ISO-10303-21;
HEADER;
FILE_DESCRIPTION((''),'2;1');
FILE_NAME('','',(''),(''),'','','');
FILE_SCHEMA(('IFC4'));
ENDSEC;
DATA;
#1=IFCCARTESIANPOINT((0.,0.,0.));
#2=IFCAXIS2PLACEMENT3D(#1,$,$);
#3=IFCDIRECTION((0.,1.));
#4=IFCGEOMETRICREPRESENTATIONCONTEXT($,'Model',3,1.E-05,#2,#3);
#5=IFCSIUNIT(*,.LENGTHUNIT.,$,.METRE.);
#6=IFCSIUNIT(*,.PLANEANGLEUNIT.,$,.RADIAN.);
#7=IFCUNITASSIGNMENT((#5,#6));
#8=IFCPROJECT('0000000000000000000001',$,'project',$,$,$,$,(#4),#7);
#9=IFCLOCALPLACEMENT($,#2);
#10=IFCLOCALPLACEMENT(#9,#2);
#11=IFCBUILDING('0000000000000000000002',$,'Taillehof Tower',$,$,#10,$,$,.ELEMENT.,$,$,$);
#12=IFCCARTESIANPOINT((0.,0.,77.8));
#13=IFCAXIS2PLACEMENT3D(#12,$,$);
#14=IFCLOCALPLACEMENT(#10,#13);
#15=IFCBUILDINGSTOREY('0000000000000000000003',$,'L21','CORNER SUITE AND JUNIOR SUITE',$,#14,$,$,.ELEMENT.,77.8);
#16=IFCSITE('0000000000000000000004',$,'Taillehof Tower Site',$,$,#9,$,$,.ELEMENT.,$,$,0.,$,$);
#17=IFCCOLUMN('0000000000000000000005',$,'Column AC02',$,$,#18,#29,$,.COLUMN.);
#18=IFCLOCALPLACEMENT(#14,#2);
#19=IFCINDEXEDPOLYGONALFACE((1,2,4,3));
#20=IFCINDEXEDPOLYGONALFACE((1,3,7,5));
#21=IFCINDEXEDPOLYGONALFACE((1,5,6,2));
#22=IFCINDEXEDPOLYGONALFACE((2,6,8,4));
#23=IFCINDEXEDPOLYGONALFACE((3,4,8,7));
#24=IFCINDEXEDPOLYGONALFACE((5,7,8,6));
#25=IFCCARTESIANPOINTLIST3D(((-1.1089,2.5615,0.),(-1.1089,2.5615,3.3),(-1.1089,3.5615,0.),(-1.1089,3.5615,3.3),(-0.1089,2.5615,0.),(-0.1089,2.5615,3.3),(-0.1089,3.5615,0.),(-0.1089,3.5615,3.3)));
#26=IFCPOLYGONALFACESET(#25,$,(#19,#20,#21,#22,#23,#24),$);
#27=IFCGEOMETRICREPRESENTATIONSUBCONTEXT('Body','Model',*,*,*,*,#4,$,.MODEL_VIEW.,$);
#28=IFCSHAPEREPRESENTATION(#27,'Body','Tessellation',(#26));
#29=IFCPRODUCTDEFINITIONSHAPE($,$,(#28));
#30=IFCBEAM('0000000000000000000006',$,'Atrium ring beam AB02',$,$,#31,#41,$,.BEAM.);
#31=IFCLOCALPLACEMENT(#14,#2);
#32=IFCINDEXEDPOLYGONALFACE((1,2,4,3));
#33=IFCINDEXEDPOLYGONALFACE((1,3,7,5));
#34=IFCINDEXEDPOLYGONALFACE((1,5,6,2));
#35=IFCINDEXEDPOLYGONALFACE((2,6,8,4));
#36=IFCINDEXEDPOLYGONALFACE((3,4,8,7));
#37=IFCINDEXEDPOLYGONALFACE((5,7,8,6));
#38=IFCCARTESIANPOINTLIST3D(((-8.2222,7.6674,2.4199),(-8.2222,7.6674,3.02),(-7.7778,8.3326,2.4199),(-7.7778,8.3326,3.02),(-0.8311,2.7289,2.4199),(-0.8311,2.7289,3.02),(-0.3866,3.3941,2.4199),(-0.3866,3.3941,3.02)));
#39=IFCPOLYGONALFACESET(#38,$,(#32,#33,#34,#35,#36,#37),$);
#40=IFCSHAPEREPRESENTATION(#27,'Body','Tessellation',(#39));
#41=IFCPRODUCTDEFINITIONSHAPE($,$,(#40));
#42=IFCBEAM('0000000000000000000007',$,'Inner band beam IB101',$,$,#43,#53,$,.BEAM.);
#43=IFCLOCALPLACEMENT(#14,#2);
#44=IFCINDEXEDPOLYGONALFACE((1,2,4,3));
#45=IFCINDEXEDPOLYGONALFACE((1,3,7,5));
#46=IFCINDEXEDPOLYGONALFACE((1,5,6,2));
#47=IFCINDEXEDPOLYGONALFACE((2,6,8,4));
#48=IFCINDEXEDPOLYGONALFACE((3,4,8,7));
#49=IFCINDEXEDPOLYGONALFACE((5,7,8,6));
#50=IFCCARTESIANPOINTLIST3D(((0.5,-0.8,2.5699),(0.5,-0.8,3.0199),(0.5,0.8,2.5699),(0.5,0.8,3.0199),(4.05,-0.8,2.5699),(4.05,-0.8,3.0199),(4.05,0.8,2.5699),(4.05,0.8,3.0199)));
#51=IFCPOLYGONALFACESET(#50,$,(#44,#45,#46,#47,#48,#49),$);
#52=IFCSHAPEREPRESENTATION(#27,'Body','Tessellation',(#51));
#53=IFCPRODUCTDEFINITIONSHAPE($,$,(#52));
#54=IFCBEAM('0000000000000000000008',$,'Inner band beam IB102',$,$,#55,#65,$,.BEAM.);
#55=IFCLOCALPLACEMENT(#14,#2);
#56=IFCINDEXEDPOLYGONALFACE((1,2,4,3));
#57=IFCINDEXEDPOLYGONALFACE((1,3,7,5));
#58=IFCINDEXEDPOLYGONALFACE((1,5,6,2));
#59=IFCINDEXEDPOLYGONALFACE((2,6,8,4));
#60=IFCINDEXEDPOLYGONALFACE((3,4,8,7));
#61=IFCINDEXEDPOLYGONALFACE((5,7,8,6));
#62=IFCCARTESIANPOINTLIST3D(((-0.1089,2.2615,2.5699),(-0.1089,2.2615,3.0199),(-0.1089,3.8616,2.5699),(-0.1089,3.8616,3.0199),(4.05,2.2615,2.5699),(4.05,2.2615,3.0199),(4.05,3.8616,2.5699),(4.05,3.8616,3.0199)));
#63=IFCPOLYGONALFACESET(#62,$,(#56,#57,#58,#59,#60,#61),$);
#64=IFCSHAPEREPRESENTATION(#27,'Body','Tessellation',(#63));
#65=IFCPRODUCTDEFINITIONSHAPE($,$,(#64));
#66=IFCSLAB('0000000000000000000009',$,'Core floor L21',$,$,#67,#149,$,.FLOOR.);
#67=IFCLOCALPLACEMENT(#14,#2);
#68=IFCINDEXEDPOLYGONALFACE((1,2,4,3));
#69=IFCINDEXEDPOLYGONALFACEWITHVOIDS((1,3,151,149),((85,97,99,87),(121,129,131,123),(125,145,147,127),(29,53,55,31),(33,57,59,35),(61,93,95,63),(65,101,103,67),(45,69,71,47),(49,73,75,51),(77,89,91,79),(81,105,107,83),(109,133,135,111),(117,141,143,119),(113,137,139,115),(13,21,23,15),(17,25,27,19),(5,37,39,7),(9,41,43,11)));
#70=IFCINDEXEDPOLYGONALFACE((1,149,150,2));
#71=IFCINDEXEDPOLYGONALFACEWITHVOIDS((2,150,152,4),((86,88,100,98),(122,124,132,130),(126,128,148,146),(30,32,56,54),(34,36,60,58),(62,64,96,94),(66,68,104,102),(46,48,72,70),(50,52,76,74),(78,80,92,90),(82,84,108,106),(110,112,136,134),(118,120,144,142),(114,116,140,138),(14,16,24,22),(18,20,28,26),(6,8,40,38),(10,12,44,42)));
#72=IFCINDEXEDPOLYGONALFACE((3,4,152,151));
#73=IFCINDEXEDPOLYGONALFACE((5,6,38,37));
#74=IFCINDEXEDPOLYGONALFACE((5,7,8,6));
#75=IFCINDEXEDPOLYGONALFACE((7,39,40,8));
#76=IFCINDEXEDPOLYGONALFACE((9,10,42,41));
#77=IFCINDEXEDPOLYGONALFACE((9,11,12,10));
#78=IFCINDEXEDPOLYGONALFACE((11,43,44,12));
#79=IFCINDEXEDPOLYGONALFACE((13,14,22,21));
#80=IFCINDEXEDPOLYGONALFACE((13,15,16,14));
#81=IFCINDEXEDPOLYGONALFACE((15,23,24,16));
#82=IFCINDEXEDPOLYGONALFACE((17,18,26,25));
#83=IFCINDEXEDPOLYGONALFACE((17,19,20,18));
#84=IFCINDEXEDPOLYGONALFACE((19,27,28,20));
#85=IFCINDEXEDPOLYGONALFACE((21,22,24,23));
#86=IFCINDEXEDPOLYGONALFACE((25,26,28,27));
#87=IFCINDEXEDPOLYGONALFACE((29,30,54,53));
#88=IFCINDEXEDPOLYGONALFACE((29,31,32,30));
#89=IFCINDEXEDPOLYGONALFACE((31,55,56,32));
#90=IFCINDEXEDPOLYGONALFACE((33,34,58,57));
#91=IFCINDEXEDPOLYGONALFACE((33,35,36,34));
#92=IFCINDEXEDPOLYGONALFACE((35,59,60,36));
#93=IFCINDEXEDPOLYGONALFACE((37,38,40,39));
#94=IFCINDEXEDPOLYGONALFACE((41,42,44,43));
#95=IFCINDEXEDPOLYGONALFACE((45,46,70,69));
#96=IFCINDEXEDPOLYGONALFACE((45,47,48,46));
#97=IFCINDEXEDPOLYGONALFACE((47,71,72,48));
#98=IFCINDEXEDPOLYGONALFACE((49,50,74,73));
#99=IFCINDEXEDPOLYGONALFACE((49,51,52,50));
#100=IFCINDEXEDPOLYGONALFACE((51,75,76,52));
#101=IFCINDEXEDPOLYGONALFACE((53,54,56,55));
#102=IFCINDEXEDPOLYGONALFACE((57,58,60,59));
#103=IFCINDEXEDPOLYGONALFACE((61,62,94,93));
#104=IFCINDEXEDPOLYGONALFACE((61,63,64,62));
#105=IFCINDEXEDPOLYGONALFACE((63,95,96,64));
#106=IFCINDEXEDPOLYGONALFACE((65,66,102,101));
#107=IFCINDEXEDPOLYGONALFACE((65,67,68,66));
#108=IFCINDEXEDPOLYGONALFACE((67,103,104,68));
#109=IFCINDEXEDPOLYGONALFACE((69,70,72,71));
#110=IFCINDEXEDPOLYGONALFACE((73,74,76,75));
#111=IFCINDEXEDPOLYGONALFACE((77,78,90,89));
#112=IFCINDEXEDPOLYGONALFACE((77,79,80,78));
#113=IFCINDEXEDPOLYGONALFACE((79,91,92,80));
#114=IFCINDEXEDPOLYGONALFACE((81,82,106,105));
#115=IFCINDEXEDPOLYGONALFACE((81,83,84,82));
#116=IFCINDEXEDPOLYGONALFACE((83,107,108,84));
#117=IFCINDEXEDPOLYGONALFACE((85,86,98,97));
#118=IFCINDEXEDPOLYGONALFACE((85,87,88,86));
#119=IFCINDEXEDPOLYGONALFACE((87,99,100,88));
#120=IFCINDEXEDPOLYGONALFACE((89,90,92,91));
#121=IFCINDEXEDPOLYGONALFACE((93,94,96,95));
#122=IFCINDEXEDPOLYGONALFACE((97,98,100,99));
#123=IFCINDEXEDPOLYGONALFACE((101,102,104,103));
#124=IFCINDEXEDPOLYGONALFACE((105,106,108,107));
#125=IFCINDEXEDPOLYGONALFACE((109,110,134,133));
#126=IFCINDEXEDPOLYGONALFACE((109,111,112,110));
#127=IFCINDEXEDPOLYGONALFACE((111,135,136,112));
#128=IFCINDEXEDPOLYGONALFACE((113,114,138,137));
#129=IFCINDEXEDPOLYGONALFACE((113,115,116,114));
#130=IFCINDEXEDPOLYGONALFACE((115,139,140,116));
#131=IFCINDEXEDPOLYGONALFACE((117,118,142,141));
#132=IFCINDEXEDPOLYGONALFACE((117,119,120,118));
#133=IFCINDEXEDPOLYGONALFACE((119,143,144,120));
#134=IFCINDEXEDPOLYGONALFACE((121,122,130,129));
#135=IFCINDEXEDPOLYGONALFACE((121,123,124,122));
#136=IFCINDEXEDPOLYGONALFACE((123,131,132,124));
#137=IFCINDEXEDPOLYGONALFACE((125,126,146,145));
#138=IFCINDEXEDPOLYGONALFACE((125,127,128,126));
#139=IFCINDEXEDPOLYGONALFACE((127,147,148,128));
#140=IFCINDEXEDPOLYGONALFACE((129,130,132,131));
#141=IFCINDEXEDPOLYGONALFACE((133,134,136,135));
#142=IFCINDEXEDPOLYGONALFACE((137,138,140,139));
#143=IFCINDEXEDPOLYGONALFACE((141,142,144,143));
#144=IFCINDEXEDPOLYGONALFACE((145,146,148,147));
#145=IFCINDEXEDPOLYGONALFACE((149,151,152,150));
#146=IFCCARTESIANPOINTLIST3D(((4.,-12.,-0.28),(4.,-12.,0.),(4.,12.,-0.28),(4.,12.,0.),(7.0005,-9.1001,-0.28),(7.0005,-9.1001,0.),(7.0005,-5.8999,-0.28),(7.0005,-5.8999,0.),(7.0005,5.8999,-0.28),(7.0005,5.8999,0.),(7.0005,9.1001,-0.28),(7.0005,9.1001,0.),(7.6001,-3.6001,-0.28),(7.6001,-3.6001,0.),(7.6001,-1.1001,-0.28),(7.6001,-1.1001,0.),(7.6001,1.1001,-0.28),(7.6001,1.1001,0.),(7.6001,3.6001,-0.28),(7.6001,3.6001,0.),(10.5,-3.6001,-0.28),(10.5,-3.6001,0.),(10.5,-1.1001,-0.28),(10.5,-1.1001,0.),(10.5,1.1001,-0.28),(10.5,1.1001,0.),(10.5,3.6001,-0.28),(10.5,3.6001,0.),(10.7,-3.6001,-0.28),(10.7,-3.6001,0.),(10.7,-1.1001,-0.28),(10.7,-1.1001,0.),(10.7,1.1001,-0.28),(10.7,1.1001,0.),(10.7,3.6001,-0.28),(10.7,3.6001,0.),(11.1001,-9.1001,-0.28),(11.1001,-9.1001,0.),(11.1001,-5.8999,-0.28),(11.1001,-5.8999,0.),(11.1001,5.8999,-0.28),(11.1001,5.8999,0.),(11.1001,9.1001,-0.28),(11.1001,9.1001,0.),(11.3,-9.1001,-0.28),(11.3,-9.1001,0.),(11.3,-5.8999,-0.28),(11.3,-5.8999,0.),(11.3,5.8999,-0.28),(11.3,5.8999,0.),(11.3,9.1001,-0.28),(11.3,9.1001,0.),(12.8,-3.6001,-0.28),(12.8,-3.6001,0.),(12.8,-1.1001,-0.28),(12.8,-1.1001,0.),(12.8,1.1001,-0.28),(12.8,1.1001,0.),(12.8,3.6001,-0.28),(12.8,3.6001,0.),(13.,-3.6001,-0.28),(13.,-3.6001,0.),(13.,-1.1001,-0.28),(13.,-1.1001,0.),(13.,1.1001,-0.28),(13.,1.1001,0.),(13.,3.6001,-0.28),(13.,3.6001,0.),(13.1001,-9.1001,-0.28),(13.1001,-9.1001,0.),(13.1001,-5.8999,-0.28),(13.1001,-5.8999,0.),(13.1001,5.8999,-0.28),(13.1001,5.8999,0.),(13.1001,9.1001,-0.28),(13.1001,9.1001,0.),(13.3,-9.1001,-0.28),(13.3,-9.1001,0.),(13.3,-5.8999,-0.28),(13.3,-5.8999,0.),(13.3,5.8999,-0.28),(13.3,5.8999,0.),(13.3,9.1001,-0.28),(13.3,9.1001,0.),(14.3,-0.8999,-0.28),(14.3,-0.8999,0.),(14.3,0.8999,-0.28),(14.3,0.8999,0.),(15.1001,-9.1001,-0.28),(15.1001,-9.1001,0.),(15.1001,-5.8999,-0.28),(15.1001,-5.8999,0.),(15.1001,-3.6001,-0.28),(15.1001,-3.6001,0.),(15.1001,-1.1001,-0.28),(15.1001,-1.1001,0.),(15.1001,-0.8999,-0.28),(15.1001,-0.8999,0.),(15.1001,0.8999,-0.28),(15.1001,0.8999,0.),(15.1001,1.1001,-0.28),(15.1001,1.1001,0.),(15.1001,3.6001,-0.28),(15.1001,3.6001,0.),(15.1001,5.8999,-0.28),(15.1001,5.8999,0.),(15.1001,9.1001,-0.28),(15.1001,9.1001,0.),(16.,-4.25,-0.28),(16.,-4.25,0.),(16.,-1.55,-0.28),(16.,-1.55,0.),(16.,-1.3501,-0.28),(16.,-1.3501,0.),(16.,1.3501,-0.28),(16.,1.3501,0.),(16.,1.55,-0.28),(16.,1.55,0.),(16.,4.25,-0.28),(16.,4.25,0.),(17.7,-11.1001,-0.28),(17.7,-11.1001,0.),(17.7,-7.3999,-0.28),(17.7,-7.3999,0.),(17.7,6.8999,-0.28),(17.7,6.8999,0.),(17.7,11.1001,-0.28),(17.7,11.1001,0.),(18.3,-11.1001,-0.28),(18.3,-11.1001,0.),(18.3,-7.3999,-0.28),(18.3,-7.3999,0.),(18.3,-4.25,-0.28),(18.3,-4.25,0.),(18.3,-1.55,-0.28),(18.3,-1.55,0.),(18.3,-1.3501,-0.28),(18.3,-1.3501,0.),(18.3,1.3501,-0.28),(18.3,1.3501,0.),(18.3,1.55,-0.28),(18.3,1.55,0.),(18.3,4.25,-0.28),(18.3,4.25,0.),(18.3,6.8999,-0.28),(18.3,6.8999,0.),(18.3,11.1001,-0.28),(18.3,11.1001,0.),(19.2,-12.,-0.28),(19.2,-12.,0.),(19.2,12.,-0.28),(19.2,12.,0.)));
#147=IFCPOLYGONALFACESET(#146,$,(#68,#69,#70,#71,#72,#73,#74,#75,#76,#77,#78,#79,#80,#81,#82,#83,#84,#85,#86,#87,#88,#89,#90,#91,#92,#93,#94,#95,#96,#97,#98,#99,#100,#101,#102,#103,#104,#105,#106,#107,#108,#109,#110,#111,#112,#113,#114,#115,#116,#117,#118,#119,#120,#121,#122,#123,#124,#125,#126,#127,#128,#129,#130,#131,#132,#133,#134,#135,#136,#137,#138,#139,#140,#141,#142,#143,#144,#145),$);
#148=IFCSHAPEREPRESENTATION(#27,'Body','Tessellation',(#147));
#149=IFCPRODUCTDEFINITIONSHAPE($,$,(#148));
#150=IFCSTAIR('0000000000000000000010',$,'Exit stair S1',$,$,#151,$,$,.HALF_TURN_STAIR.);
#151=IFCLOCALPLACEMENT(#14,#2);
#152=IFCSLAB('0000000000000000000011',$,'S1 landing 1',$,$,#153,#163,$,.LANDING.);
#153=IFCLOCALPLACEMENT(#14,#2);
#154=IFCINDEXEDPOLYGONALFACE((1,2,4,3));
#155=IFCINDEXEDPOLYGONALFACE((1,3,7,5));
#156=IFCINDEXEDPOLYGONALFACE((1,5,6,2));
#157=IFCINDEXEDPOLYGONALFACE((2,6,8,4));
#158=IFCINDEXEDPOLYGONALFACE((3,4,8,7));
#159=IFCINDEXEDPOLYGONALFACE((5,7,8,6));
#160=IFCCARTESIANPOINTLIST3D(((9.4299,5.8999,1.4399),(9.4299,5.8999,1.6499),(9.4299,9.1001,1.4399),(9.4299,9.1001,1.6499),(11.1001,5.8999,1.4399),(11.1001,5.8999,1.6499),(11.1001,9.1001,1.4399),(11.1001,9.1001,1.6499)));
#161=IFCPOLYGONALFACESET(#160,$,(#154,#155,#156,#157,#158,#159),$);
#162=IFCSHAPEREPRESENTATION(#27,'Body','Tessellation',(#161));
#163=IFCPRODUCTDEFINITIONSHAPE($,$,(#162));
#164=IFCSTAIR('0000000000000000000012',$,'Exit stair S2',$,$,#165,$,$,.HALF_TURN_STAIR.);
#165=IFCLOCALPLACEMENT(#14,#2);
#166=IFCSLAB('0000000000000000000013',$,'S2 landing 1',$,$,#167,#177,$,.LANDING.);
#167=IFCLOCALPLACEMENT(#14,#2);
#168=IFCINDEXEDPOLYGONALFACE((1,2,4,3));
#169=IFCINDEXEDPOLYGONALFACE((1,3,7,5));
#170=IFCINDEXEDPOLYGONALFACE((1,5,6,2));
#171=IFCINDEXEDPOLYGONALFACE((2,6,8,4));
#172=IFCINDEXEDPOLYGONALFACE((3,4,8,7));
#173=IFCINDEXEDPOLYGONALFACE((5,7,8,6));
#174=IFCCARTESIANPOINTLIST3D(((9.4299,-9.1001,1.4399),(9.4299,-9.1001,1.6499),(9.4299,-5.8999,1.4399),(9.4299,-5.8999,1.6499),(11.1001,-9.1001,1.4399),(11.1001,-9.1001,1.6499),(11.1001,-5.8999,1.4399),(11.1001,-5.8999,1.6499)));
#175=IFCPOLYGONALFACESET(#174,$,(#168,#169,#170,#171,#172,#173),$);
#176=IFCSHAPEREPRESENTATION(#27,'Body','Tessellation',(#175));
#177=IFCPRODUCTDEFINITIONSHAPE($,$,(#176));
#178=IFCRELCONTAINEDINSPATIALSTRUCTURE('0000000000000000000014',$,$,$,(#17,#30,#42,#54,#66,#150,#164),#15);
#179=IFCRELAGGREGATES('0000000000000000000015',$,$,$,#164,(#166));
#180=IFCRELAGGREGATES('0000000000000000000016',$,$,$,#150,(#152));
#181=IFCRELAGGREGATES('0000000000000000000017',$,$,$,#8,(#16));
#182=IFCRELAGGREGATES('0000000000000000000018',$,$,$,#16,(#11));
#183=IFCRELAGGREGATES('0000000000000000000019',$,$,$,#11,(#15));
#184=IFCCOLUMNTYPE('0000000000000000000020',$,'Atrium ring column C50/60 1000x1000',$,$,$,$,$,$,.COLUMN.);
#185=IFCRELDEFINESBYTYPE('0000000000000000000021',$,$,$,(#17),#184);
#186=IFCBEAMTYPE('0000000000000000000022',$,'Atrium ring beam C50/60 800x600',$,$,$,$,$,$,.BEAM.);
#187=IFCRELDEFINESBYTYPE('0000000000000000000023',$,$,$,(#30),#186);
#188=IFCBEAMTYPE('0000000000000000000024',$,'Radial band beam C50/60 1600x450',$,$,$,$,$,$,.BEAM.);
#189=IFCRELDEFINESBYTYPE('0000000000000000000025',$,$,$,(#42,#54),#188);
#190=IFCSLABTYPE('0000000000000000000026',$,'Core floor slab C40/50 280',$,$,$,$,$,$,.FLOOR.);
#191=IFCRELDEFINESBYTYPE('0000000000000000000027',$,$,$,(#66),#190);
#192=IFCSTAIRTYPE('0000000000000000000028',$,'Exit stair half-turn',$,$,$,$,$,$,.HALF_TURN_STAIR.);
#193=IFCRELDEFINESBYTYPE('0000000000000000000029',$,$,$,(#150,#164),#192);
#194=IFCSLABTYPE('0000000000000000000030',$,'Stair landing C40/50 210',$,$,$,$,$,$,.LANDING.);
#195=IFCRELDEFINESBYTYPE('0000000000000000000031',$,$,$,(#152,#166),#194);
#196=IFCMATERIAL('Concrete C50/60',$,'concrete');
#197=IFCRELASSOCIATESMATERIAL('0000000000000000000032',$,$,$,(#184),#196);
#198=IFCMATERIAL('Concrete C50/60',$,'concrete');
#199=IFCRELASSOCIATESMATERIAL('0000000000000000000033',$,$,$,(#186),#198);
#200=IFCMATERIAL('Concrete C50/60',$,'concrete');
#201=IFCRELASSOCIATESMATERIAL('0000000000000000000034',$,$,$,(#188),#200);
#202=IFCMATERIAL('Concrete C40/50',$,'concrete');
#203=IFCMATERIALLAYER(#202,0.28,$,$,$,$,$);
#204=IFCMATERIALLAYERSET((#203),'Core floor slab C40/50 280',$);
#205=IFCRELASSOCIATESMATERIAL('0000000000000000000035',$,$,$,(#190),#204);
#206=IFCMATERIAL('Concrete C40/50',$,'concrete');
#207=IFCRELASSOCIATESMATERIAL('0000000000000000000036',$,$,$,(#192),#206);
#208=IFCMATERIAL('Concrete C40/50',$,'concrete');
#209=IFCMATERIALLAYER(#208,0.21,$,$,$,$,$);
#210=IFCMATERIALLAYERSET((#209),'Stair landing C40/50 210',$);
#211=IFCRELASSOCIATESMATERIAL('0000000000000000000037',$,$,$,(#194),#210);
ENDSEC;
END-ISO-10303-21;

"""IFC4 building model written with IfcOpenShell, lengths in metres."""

from ifc_helpers import new_model, si_unit, direction, frame, origin, origin_2d, place, context, subcontext, project, spatial, polyline, rectangle, outline, extrude, material, layer, layer_set, material_profile, profile_set, type_object, element, aggregate, save


model = new_model("IFC4")

# Units and contexts
model_context = context("Model", 3, precision=1e-05, world=origin(), true_north=direction((0.0, 1.0)))
body_context = subcontext(model_context, "Body", "Model", "MODEL_VIEW")
ifc_project = project(units=[si_unit("LENGTHUNIT", "METRE"), si_unit("PLANEANGLEUNIT", "RADIAN")], contexts=[model_context])

# Site, building, storey
site_placement = place(None, origin())
site = spatial("IfcSite", under=ifc_project, at=site_placement, Name="Taillehof Tower Site", CompositionType="ELEMENT", RefElevation=0.0)
building_placement = place(site_placement, origin())
building = spatial("IfcBuilding", under=site, at=building_placement, Name="Taillehof Tower", CompositionType="ELEMENT")
storey_placement = place(building_placement, frame((0.0, 0.0, 77.8)))
storey = spatial("IfcBuildingStorey", under=building, at=storey_placement, Name="L21", Description="CORNER SUITE AND JUNIOR SUITE", CompositionType="ELEMENT", Elevation=77.8)

# Column
ifc_material_1 = material(Name="Concrete C50/60", Category="concrete")
ifc_material_profile_1 = material_profile(ifc_material_1, rectangle(XDim=1.0, YDim=1.0, at=origin_2d()), Name="RC 1000x1000")
ifc_profile_set_1 = profile_set([ifc_material_profile_1], Name="Concrete C50/60")
column_type = type_object("IfcColumnType", Name="Atrium ring column C50/60 1000x1000", PredefinedType="COLUMN", material=ifc_profile_set_1)
column_placement = place(storey_placement, frame((-0.6089, 3.0615, 0.0), z_axis=(0.0, 0.0, 1.0), x_axis=(1.0, 0.0, 0.0)))
element("IfcColumn", 1, at=column_placement, inside=storey, type_object=column_type, Name="Column AC02", PredefinedType="COLUMN", context=body_context, shape_type="SweptSolid", body=[
    extrude(rectangle(XDim=1.0, YDim=1.0, at=origin_2d()), origin(), (0.0, 0.0, 1.0), 3.3),
])

# Beams
ifc_material_2 = material(Name="Concrete C50/60", Category="concrete")
ifc_material_profile_2 = material_profile(ifc_material_2, rectangle(XDim=0.8, YDim=0.6001, at=origin_2d()), Name="RC 800x600")
ifc_profile_set_2 = profile_set([ifc_material_profile_2], Name="Concrete C50/60")
beam_type_1 = type_object("IfcBeamType", Name="Atrium ring beam C50/60 800x600", PredefinedType="BEAM", material=ifc_profile_set_2)
beam_1_placement = place(storey_placement, frame((-0.6089, 3.0615, 2.72), z_axis=(-0.831475, 0.555562, 0.0), x_axis=(-0.555562, -0.831475, 0.0)))
element("IfcBeam", 2, at=beam_1_placement, inside=storey, type_object=beam_type_1, Name="Atrium ring beam AB02", PredefinedType="BEAM", context=body_context, shape_type="SweptSolid", body=[
    extrude(rectangle(XDim=0.8, YDim=0.6001, at=origin_2d()), origin(), (0.0, 0.0, 1.0), 8.8892),
])
ifc_material_3 = material(Name="Concrete C50/60", Category="concrete")
ifc_material_profile_3 = material_profile(ifc_material_3, rectangle(XDim=1.6001, YDim=0.45, at=origin_2d()), Name="RC 1600x450")
ifc_profile_set_3 = profile_set([ifc_material_profile_3], Name="Concrete C50/60")
beam_type_2 = type_object("IfcBeamType", Name="Radial band beam C50/60 1600x450", PredefinedType="BEAM", material=ifc_profile_set_3)
beam_2_placement = place(storey_placement, frame((0.5, 0.0, 2.7949), z_axis=(1.0, 0.0, 0.0), x_axis=(0.0, 1.0, 0.0)))
element("IfcBeam", 3, at=beam_2_placement, inside=storey, type_object=beam_type_2, Name="Inner band beam IB101", PredefinedType="BEAM", context=body_context, shape_type="SweptSolid", body=[
    extrude(rectangle(XDim=1.6001, YDim=0.45, at=origin_2d()), origin(), (0.0, 0.0, 1.0), 3.55),
])
beam_3_placement = place(storey_placement, frame((-0.1089, 3.0615, 2.7949), z_axis=(1.0, 0.0, 0.0), x_axis=(0.0, 1.0, 0.0)))
element("IfcBeam", 4, at=beam_3_placement, inside=storey, type_object=beam_type_2, Name="Inner band beam IB102", PredefinedType="BEAM", context=body_context, shape_type="SweptSolid", body=[
    extrude(rectangle(XDim=1.6001, YDim=0.45, at=origin_2d()), origin(), (0.0, 0.0, 1.0), 4.1589),
])

# Slab
ifc_material_4 = material(Name="Concrete C40/50", Category="concrete")
ifc_layer_1 = layer(ifc_material_4, 0.28)
ifc_layer_set_1 = layer_set([ifc_layer_1], Name="Core floor slab C40/50 280")
slab_type_1 = type_object("IfcSlabType", Name="Core floor slab C40/50 280", PredefinedType="FLOOR", material=ifc_layer_set_1)
slab_1_placement = place(storey_placement, frame((0.0, 0.0, -0.28)))
element("IfcSlab", 5, at=slab_1_placement, inside=storey, type_object=slab_type_1, Name="Core floor L21", PredefinedType="FLOOR", context=body_context, shape_type="SweptSolid", body=[
    extrude(outline(polyline([(4.0, -12.0), (4.0, 12.0), (19.2, 12.0), (19.2, -12.0), (4.0, -12.0)]), holes=[polyline([(7.0005, -9.1001), (11.1001, -9.1001), (11.1001, -5.8999), (7.0005, -5.8999), (7.0005, -9.1001)]), polyline([(13.1001, -9.1001), (13.1001, -5.8999), (11.3, -5.8999), (11.3, -9.1001), (13.1001, -9.1001)]), polyline([(10.5, -3.6001), (10.5, -1.1001), (7.6001, -1.1001), (7.6001, -3.6001), (10.5, -3.6001)]), polyline([(12.8, -3.6001), (12.8, -1.1001), (10.7, -1.1001), (10.7, -3.6001), (12.8, -3.6001)]), polyline([(10.5, 1.1001), (10.5, 3.6001), (7.6001, 3.6001), (7.6001, 1.1001), (10.5, 1.1001)]), polyline([(12.8, 1.1001), (12.8, 3.6001), (10.7, 3.6001), (10.7, 1.1001), (12.8, 1.1001)]), polyline([(15.1001, 1.1001), (15.1001, 3.6001), (13.0, 3.6001), (13.0, 1.1001), (15.1001, 1.1001)]), polyline([(11.3, 5.8999), (13.1001, 5.8999), (13.1001, 9.1001), (11.3, 9.1001), (11.3, 5.8999)]), polyline([(7.0005, 5.8999), (11.1001, 5.8999), (11.1001, 9.1001), (7.0005, 9.1001), (7.0005, 5.8999)]), polyline([(18.3, -11.1001), (18.3, -7.3999), (17.7, -7.3999), (17.7, -11.1001), (18.3, -11.1001)]), polyline([(15.1001, -9.1001), (15.1001, -5.8999), (13.3, -5.8999), (13.3, -9.1001), (15.1001, -9.1001)]), polyline([(18.3, -4.25), (18.3, -1.55), (16.0, -1.55), (16.0, -4.25), (18.3, -4.25)]), polyline([(15.1001, -3.6001), (15.1001, -1.1001), (13.0, -1.1001), (13.0, -3.6001), (15.1001, -3.6001)]), polyline([(15.1001, -0.8999), (15.1001, 0.8999), (14.3, 0.8999), (14.3, -0.8999), (15.1001, -0.8999)]), polyline([(18.3, -1.3501), (18.3, 1.3501), (16.0, 1.3501), (16.0, -1.3501), (18.3, -1.3501)]), polyline([(18.3, 1.55), (18.3, 4.25), (16.0, 4.25), (16.0, 1.55), (18.3, 1.55)]), polyline([(13.3, 5.8999), (15.1001, 5.8999), (15.1001, 9.1001), (13.3, 9.1001), (13.3, 5.8999)]), polyline([(17.7, 6.8999), (18.3, 6.8999), (18.3, 11.1001), (17.7, 11.1001), (17.7, 6.8999)])]), origin(), (0.0, 0.0, 1.0), 0.28),
])

# Stairs, slabs
ifc_material_5 = material(Name="Concrete C40/50", Category="concrete")
stair_type = type_object("IfcStairType", Name="Exit stair half-turn", PredefinedType="HALF_TURN_STAIR", material=ifc_material_5)
stair_1_placement = place(storey_placement, origin())
stair_1 = element("IfcStair", 6, at=stair_1_placement, inside=storey, type_object=stair_type, Name="Exit stair S1", PredefinedType="HALF_TURN_STAIR")
ifc_material_6 = material(Name="Concrete C40/50", Category="concrete")
ifc_layer_2 = layer(ifc_material_6, 0.21)
ifc_layer_set_2 = layer_set([ifc_layer_2], Name="Stair landing C40/50 210")
slab_type_2 = type_object("IfcSlabType", Name="Stair landing C40/50 210", PredefinedType="LANDING", material=ifc_layer_set_2)
slab_2_placement = place(storey_placement, frame((0.0, 0.0, 1.4399)))
slab_2 = element("IfcSlab", 7, at=slab_2_placement, type_object=slab_type_2, Name="S1 landing 1", PredefinedType="LANDING", context=body_context, shape_type="SweptSolid", body=[
    extrude(outline(polyline([(9.4299, 5.8999), (11.1001, 5.8999), (11.1001, 9.1001), (9.4299, 9.1001), (9.4299, 5.8999)])), origin(), (0.0, 0.0, 1.0), 0.21),
])
stair_2_placement = place(storey_placement, origin())
stair_2 = element("IfcStair", 8, at=stair_2_placement, inside=storey, type_object=stair_type, Name="Exit stair S2", PredefinedType="HALF_TURN_STAIR")
slab_3_placement = place(storey_placement, frame((0.0, 0.0, 1.4399)))
slab_3 = element("IfcSlab", 9, at=slab_3_placement, type_object=slab_type_2, Name="S2 landing 1", PredefinedType="LANDING", context=body_context, shape_type="SweptSolid", body=[
    extrude(outline(polyline([(9.4299, -5.8999), (11.1001, -5.8999), (11.1001, -9.1001), (9.4299, -9.1001), (9.4299, -5.8999)])), origin(), (0.0, 0.0, 1.0), 0.21),
])
aggregate(stair_2, [slab_3])

aggregate(stair_1, [slab_2])

save(model, "model.ifc")
